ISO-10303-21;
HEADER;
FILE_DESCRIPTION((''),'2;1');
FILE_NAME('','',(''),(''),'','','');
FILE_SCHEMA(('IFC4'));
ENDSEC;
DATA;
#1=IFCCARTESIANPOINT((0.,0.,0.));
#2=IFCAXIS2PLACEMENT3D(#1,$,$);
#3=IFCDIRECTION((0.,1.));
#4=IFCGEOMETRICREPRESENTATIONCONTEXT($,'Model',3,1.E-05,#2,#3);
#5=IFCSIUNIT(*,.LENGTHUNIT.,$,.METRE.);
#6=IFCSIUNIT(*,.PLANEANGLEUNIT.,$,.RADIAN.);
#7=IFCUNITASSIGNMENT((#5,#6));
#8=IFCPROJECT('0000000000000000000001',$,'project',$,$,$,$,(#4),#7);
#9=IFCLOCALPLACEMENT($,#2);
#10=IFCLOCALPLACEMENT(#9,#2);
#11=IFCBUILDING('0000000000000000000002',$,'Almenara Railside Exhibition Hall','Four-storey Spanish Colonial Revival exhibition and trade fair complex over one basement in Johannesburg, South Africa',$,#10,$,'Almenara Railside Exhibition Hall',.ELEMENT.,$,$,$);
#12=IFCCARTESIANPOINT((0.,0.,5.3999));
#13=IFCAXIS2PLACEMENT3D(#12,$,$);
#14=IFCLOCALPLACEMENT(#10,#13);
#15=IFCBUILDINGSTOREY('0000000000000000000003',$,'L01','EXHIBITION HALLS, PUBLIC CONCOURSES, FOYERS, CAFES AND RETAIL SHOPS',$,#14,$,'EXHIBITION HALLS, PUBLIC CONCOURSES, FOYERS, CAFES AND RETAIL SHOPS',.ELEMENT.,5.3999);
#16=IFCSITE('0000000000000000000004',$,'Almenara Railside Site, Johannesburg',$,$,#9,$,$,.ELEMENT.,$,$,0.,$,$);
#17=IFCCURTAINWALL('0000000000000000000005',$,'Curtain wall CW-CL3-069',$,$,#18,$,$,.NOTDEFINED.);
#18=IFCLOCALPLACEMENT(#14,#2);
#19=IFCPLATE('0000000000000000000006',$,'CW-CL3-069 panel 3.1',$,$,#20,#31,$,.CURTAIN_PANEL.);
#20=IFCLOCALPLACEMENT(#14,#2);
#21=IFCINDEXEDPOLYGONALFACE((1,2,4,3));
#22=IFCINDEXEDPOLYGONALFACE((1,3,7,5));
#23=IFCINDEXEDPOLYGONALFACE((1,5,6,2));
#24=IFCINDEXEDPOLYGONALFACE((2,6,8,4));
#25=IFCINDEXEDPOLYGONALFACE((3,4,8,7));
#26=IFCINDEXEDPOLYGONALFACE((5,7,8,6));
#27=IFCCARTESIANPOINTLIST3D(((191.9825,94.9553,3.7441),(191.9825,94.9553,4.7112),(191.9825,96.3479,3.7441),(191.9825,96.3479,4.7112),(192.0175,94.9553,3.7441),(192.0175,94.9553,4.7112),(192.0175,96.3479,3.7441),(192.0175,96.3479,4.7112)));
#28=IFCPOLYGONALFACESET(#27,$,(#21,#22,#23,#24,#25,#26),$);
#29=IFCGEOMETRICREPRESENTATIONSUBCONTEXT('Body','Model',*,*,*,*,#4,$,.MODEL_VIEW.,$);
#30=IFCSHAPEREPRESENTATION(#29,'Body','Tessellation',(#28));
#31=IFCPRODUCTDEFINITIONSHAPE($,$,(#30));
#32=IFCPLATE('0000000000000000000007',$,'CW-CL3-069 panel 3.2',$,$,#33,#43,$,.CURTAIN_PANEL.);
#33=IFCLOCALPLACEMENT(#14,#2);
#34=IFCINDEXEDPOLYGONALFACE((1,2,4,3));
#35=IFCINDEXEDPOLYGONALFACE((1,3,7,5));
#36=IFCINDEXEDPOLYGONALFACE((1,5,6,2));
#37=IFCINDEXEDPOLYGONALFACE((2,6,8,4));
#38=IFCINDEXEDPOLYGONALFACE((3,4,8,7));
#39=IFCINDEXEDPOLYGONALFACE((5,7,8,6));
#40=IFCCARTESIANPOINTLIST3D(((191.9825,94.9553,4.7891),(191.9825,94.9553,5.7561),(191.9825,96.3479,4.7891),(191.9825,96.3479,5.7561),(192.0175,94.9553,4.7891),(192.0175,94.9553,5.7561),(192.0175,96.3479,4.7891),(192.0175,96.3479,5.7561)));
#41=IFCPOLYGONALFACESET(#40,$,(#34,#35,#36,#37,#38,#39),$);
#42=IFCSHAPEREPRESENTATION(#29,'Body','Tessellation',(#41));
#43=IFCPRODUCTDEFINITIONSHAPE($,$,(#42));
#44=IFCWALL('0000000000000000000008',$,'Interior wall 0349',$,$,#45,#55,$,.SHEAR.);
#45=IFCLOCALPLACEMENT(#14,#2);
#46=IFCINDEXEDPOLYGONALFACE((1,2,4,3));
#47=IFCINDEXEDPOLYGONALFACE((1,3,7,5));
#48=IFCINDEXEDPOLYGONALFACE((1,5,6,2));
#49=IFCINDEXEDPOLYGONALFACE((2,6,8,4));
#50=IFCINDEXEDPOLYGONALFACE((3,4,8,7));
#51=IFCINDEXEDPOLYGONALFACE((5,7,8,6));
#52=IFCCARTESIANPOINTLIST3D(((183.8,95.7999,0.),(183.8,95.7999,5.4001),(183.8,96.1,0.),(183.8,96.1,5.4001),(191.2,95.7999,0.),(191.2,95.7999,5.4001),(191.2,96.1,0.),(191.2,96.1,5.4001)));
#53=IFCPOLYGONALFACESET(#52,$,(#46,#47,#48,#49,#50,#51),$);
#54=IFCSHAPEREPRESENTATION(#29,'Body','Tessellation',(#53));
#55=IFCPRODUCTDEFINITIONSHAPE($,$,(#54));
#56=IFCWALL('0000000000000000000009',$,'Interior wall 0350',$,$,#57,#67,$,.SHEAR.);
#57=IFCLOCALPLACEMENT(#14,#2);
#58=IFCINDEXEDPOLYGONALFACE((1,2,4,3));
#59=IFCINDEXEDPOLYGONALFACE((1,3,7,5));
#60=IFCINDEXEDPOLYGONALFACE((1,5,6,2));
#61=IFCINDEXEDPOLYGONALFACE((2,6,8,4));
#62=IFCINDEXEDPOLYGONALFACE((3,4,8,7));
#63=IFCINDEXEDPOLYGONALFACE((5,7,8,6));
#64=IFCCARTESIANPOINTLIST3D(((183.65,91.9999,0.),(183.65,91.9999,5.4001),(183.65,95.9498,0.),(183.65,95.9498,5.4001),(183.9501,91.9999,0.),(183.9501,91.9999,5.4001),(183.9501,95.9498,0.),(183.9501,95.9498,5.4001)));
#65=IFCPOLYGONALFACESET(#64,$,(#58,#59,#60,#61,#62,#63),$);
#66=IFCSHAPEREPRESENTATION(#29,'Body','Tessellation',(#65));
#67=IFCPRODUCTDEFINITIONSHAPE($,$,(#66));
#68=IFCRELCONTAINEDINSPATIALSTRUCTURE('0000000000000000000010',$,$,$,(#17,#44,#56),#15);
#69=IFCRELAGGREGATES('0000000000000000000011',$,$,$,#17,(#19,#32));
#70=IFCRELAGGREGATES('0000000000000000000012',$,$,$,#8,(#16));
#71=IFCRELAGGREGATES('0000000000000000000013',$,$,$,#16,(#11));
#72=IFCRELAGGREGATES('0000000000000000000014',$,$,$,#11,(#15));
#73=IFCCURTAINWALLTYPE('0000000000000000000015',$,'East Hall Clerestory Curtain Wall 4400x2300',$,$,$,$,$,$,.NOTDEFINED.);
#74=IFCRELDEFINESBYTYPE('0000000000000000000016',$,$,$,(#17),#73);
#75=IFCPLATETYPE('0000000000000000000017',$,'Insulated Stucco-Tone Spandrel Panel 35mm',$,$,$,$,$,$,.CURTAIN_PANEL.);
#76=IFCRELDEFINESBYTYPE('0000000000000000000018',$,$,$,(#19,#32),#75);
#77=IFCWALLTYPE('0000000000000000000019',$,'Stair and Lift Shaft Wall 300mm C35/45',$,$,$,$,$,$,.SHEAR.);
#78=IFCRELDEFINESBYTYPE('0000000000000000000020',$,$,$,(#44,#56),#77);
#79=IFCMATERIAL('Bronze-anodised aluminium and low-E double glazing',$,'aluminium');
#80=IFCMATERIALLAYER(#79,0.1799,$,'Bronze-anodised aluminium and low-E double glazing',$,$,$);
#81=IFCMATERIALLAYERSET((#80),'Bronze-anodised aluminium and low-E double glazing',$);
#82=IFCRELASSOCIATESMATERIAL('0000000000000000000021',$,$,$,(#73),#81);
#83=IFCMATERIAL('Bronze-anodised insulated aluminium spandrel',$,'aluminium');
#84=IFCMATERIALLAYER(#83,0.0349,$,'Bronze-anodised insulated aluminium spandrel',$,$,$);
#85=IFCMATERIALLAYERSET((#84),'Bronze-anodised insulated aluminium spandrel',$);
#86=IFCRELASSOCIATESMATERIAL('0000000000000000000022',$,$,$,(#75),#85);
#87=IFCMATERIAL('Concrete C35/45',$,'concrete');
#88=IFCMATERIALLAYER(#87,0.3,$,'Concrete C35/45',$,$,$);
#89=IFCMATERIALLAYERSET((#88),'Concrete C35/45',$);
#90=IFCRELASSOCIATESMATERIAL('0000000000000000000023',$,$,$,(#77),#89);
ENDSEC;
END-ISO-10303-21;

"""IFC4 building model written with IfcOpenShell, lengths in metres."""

from ifc_helpers import new_model, si_unit, direction, frame, frame_2d, origin, origin_2d, place, context, subcontext, project, spatial, rectangle, extrude, material, layer, layer_set, type_object, element, aggregate, save


model = new_model("IFC4")

# Units and contexts
model_context = context("Model", 3, precision=1e-05, world=origin(), true_north=direction((0.0, 1.0)))
body_context = subcontext(model_context, "Body", "Model", "MODEL_VIEW")
ifc_project = project(units=[si_unit("LENGTHUNIT", "METRE"), si_unit("PLANEANGLEUNIT", "RADIAN")], contexts=[model_context])

# Site, building, storey
site_placement = place(None, origin())
site = spatial("IfcSite", under=ifc_project, at=site_placement, Name="Almenara Railside Site, Johannesburg", CompositionType="ELEMENT", RefElevation=0.0)
building_placement = place(site_placement, origin())
building = spatial("IfcBuilding", under=site, at=building_placement, Name="Almenara Railside Exhibition Hall", Description="Four-storey Spanish Colonial Revival exhibition and trade fair complex over one basement in Johannesburg, South Africa", LongName="Almenara Railside Exhibition Hall", CompositionType="ELEMENT")
storey_placement = place(building_placement, frame((0.0, 0.0, 5.3999)))
storey = spatial("IfcBuildingStorey", under=building, at=storey_placement, Name="L01", Description="EXHIBITION HALLS, PUBLIC CONCOURSES, FOYERS, CAFES AND RETAIL SHOPS", LongName="EXHIBITION HALLS, PUBLIC CONCOURSES, FOYERS, CAFES AND RETAIL SHOPS", CompositionType="ELEMENT", Elevation=5.3999)

# Shared definitions
ifc_material_1 = material(Name="Bronze-anodised aluminium and low-E double glazing", Category="aluminium")
ifc_layer_1 = layer(ifc_material_1, 0.1799, Name="Bronze-anodised aluminium and low-E double glazing")
ifc_layer_set_1 = layer_set([ifc_layer_1], Name="Bronze-anodised aluminium and low-E double glazing")
curtain_wall_type = type_object("IfcCurtainWallType", Name="East Hall Clerestory Curtain Wall 4400x2300", PredefinedType="NOTDEFINED", material=ifc_layer_set_1)

# Curtain wall
curtain_wall_1_placement = place(storey_placement, origin())
curtain_wall_1 = element("IfcCurtainWall", 1, at=curtain_wall_1_placement, inside=storey, type_object=curtain_wall_type, Name="Curtain wall CW-CL3-069", PredefinedType="NOTDEFINED")

# Plates
ifc_material_2 = material(Name="Bronze-anodised insulated aluminium spandrel", Category="aluminium")
ifc_layer_2 = layer(ifc_material_2, 0.0349, Name="Bronze-anodised insulated aluminium spandrel")
ifc_layer_set_2 = layer_set([ifc_layer_2], Name="Bronze-anodised insulated aluminium spandrel")
plate_type_1 = type_object("IfcPlateType", Name="Insulated Stucco-Tone Spandrel Panel 35mm", PredefinedType="CURTAIN_PANEL", material=ifc_layer_set_2)
plate_1_placement = place(storey_placement, frame((192.0, 95.6516, 3.7441), z_axis=(0.0, 0.0, 1.0), x_axis=(0.0, 1.0, 0.0)))
plate_1 = element("IfcPlate", 2, at=plate_1_placement, type_object=plate_type_1, Name="CW-CL3-069 panel 3.1", PredefinedType="CURTAIN_PANEL", context=body_context, shape_type="SweptSolid", body=[
    extrude(rectangle(XDim=1.3926, YDim=0.0349, at=origin_2d()), origin(), (0.0, 0.0, 1.0), 0.967),
])
plate_2_placement = place(storey_placement, frame((192.0, 95.6516, 4.7891), z_axis=(0.0, 0.0, 1.0), x_axis=(0.0, 1.0, 0.0)))
plate_2 = element("IfcPlate", 3, at=plate_2_placement, type_object=plate_type_1, Name="CW-CL3-069 panel 3.2", PredefinedType="CURTAIN_PANEL", context=body_context, shape_type="SweptSolid", body=[
    extrude(rectangle(XDim=1.3926, YDim=0.0349, at=origin_2d()), origin(), (0.0, 0.0, 1.0), 0.967),
])
aggregate(curtain_wall_1, [plate_1, plate_2])

# Walls
ifc_material_3 = material(Name="Concrete C35/45", Category="concrete")
ifc_layer_3 = layer(ifc_material_3, 0.3, Name="Concrete C35/45")
ifc_layer_set_3 = layer_set([ifc_layer_3], Name="Concrete C35/45")
wall_type = type_object("IfcWallType", Name="Stair and Lift Shaft Wall 300mm C35/45", PredefinedType="SHEAR", material=ifc_layer_set_3)
wall_1_placement = place(storey_placement, frame((191.2, 95.95, 0.0), z_axis=(0.0, 0.0, 1.0), x_axis=(-1.0, 0.0, 0.0)))
element("IfcWall", 4, at=wall_1_placement, inside=storey, type_object=wall_type, Name="Interior wall 0349", PredefinedType="SHEAR", context=body_context, shape_type="SweptSolid", body=[
    extrude(rectangle(XDim=7.3999, YDim=0.3, at=frame_2d((3.7, 0.0))), origin(), (0.0, 0.0, 1.0), 5.4001),
])
wall_2_placement = place(storey_placement, frame((183.8, 95.95, 0.0), z_axis=(0.0, 0.0, 1.0), x_axis=(0.0, -1.0, 0.0)))
element("IfcWall", 5, at=wall_2_placement, inside=storey, type_object=wall_type, Name="Interior wall 0350", PredefinedType="SHEAR", context=body_context, shape_type="SweptSolid", body=[
    extrude(rectangle(XDim=3.95, YDim=0.3, at=frame_2d((1.9751, 0.0))), origin(), (0.0, 0.0, 1.0), 5.4001),
])

save(model, "model.ifc")
